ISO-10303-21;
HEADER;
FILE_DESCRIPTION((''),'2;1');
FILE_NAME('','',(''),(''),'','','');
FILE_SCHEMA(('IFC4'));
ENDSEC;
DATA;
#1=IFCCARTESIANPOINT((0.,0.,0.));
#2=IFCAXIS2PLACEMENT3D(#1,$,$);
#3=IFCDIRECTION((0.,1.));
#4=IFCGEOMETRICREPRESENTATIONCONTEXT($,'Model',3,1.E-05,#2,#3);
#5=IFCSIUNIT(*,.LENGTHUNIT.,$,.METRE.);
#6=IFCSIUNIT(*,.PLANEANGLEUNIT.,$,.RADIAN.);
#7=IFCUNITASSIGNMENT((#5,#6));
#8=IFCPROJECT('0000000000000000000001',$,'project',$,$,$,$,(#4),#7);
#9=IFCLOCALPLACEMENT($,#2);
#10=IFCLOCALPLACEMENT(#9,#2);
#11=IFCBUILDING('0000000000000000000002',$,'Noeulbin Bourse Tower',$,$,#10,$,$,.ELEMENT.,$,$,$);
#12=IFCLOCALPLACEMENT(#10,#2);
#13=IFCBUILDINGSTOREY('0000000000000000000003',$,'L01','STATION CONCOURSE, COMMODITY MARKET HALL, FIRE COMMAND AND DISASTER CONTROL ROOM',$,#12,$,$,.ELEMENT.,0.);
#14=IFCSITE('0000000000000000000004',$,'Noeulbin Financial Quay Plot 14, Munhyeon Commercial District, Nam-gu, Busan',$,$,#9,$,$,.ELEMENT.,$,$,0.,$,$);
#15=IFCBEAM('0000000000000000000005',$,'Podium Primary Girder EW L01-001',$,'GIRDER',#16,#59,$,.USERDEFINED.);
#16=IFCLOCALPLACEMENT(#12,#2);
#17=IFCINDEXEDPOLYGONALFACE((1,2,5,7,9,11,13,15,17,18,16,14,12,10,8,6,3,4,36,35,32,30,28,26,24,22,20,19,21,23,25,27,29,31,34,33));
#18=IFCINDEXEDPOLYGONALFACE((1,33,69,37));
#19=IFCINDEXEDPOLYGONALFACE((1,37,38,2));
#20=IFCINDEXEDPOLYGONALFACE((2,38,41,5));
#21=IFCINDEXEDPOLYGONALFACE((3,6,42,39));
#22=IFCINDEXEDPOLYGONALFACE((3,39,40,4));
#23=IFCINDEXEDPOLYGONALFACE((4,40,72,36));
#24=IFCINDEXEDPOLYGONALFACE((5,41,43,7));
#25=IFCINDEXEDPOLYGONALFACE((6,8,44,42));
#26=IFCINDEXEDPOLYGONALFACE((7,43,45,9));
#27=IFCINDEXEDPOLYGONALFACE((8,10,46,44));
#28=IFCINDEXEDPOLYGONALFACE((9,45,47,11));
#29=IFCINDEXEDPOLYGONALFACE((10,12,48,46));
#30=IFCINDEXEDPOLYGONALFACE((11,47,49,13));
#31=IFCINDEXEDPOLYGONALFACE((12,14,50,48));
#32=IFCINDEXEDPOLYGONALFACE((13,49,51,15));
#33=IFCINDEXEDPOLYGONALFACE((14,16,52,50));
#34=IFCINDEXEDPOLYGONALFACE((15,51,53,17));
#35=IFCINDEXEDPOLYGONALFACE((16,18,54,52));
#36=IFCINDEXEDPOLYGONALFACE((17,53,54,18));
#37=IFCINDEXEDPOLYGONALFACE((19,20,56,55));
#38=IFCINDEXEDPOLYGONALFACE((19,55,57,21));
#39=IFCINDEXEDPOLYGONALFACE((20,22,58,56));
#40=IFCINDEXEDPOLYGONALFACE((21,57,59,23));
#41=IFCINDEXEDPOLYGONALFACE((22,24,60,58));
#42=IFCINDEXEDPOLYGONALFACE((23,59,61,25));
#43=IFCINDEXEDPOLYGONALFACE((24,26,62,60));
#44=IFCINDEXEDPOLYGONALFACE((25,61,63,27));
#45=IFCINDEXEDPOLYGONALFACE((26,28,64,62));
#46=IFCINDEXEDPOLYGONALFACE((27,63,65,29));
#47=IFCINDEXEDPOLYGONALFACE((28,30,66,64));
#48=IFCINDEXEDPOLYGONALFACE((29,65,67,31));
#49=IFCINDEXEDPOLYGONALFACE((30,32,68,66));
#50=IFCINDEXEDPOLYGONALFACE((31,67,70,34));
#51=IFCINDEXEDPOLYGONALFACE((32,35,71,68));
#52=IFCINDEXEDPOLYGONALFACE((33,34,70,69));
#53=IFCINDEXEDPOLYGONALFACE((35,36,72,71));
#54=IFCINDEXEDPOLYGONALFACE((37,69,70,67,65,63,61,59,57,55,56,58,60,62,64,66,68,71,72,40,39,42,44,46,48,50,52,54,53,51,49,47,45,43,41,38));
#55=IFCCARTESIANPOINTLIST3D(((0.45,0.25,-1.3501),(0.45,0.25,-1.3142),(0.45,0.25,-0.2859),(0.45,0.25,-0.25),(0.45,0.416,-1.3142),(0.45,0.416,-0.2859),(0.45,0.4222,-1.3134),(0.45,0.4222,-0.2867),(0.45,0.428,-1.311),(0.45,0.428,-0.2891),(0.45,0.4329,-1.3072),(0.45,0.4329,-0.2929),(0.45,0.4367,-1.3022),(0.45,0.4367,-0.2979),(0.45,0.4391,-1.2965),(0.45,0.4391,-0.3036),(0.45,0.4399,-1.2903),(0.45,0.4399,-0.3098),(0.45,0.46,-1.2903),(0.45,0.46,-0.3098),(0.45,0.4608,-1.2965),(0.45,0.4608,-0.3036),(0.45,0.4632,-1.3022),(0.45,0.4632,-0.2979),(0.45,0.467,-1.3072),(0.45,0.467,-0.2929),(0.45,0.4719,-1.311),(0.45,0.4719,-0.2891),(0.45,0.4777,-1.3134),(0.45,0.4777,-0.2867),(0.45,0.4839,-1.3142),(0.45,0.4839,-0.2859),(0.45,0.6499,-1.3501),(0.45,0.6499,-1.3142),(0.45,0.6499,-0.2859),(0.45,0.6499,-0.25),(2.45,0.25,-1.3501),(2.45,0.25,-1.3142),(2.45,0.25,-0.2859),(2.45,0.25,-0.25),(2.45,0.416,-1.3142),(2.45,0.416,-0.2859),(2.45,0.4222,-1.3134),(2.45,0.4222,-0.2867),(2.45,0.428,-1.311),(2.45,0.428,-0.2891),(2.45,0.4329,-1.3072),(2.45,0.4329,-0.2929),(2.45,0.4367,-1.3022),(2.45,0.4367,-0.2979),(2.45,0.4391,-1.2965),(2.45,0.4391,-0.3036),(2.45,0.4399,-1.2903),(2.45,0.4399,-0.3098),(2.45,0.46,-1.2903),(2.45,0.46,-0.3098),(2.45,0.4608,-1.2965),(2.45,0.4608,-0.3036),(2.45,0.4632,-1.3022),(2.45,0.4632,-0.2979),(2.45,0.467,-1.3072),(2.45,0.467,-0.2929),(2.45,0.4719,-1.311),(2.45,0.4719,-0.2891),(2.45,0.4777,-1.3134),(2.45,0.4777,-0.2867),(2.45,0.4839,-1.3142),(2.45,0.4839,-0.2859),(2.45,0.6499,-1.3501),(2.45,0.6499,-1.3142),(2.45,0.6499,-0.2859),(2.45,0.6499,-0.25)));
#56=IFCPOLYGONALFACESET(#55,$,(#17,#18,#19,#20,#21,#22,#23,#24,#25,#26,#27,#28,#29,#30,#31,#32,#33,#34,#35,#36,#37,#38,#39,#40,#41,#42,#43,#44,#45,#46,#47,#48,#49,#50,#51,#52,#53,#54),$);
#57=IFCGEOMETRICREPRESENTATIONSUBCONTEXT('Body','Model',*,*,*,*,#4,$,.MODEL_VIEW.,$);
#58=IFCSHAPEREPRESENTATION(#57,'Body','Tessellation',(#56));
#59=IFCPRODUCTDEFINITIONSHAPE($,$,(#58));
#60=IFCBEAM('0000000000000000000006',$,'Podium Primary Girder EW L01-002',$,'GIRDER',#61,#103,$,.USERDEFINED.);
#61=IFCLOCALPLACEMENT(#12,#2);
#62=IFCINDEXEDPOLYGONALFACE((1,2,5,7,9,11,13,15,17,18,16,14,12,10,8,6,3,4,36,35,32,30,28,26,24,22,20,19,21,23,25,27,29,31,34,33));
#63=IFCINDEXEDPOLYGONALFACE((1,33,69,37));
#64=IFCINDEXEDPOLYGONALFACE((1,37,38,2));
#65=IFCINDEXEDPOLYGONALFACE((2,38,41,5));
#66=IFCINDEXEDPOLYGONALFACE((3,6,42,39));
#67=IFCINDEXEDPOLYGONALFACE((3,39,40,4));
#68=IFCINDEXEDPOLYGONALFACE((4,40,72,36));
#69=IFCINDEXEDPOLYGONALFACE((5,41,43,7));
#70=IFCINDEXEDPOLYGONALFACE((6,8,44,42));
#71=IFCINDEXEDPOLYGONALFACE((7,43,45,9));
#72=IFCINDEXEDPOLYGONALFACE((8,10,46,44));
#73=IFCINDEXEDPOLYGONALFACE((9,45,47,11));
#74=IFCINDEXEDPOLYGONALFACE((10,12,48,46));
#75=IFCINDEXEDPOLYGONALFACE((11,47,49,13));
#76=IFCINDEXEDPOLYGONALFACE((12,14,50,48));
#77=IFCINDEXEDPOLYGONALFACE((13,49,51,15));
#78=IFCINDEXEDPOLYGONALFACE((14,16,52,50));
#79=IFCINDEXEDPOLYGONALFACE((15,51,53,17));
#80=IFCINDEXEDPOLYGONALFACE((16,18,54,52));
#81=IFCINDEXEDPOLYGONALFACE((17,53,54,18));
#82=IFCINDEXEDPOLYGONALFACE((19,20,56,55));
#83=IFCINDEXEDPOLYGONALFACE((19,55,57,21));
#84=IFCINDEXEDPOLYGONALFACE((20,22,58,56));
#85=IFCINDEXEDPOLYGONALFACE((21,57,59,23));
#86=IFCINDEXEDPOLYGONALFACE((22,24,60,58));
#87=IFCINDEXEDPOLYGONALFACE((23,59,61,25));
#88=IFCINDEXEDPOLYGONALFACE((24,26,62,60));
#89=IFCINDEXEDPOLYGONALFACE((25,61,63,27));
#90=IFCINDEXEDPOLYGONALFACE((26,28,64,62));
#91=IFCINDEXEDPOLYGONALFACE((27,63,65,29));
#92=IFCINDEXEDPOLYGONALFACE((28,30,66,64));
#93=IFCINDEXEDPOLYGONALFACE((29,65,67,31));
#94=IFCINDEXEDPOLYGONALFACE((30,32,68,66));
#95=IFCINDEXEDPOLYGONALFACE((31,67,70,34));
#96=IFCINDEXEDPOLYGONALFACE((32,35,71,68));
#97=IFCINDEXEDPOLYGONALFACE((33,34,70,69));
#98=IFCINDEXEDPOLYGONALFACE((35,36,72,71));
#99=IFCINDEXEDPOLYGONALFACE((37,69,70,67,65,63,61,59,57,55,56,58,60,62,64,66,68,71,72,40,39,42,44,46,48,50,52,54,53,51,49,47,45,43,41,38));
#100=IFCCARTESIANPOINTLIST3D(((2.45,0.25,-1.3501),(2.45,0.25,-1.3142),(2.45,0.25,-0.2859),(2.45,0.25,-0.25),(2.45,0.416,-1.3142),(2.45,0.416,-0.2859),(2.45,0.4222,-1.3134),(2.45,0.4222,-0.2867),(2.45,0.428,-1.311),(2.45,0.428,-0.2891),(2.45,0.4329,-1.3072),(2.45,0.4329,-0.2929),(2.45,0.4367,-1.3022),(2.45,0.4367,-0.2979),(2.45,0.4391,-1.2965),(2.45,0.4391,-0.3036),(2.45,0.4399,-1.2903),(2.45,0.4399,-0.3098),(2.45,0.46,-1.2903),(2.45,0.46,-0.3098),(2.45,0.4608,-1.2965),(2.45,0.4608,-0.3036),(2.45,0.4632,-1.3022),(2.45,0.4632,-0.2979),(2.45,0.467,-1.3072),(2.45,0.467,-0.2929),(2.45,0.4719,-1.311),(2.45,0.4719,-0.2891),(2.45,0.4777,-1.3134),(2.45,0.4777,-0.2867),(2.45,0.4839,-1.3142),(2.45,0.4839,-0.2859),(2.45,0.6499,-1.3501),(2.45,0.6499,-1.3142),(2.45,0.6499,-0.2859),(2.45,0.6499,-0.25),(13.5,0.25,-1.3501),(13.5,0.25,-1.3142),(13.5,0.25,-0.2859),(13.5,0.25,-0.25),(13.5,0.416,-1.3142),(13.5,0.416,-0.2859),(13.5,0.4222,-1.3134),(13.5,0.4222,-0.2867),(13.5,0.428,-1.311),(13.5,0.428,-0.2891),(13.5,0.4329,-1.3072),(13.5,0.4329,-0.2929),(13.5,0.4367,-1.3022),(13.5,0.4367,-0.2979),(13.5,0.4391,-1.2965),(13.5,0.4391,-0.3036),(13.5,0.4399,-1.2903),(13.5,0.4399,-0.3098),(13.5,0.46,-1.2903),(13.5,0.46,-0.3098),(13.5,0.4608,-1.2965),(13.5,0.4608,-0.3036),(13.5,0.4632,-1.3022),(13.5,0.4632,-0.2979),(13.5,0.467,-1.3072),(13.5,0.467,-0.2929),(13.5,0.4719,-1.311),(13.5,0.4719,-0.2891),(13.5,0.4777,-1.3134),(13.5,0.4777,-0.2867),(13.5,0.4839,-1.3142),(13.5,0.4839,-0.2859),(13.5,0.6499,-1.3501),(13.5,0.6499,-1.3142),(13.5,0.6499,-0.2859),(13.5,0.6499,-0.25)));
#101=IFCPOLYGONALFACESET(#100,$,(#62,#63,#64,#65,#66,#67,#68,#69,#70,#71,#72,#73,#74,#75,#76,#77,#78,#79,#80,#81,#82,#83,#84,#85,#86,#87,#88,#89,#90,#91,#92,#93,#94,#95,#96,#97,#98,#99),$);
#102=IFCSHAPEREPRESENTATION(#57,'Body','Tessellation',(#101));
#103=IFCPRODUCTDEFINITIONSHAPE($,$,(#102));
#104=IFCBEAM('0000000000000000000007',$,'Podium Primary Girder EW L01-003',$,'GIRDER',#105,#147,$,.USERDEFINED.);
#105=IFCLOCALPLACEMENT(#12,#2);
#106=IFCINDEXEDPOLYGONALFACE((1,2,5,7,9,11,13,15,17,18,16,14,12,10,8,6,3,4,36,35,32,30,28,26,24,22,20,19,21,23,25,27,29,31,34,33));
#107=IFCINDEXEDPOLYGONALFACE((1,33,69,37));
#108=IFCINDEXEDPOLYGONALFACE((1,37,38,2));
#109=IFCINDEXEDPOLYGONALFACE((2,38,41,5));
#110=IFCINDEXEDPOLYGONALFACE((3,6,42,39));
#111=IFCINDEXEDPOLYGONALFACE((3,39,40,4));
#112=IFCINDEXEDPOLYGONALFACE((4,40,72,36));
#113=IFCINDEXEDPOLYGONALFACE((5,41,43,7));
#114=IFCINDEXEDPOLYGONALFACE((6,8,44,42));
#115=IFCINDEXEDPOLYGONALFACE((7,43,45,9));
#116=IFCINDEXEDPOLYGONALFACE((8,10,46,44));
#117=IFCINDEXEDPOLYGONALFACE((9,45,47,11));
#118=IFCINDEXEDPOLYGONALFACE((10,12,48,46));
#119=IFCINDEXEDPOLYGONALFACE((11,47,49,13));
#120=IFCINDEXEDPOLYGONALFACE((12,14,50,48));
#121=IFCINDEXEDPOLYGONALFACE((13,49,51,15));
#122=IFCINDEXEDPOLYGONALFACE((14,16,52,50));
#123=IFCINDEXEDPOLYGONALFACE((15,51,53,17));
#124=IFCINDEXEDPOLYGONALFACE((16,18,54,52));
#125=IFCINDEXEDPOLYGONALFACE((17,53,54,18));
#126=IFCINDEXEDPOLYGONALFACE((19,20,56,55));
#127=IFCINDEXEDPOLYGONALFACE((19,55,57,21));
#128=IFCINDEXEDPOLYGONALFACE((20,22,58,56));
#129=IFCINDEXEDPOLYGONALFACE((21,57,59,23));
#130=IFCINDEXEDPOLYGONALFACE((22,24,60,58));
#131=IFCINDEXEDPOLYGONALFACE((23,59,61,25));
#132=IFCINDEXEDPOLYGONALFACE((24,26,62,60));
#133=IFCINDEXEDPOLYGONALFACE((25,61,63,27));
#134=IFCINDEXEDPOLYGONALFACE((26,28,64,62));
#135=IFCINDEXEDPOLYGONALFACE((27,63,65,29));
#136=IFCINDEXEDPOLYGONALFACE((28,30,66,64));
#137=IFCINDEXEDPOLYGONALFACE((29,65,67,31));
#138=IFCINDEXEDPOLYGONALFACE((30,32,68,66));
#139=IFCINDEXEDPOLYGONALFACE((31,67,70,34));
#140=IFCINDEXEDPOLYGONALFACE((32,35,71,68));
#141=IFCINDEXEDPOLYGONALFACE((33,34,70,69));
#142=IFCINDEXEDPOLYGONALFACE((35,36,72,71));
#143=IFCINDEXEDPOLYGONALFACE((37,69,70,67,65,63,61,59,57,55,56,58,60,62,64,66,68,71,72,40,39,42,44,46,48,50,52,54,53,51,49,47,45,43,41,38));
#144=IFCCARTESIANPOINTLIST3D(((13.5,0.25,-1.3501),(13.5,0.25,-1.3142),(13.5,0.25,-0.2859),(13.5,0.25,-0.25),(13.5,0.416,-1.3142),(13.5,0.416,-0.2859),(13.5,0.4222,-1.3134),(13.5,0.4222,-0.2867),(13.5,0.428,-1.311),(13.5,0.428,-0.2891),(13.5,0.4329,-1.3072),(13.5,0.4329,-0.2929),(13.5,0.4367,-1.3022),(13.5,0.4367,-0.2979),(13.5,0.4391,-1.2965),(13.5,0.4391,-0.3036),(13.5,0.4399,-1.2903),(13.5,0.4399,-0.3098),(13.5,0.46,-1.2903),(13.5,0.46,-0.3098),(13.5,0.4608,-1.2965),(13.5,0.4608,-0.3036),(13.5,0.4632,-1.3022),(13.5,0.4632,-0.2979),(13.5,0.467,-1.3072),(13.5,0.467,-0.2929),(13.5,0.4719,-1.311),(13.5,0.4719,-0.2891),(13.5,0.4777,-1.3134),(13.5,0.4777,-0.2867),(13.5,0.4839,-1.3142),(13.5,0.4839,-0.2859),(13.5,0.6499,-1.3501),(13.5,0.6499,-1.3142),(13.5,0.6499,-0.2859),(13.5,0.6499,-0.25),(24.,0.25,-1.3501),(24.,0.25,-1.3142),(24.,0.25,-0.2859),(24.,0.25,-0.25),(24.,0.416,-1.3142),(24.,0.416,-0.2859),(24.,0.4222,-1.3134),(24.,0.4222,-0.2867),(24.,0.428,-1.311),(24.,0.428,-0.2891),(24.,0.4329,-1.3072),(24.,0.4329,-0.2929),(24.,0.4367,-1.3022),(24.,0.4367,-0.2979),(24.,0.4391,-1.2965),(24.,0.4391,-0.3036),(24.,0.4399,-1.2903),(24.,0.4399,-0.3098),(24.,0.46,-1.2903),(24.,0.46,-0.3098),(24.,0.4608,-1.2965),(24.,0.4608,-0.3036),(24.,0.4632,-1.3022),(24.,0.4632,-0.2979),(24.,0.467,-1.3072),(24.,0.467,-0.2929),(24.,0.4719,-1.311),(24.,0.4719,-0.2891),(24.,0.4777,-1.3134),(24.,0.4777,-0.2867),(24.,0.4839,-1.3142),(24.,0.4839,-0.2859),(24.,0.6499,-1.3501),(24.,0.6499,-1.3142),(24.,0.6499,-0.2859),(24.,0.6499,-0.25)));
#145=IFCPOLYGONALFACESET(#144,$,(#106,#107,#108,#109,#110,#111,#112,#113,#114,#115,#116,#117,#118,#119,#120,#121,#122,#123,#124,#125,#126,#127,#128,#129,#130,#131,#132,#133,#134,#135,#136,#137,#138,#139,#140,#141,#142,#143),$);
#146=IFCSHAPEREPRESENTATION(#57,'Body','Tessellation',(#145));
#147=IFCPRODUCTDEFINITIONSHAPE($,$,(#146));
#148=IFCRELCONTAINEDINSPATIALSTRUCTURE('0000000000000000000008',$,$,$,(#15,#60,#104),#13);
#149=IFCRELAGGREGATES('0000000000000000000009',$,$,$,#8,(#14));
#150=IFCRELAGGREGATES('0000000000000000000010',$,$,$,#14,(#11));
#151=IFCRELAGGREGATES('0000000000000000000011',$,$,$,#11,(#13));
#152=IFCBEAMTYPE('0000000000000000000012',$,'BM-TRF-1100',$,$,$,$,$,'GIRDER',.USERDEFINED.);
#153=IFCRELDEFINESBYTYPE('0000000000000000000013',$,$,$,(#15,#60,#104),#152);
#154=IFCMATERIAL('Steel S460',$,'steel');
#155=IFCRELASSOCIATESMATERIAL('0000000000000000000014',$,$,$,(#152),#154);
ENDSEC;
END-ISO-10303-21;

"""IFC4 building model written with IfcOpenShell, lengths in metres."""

from ifc_helpers import new_model, si_unit, direction, frame, origin, origin_2d, place, context, subcontext, project, spatial, i_section, extrude, material, material_profile, profile_set, type_object, element, save


model = new_model("IFC4")

# Units and contexts
model_context = context("Model", 3, precision=1e-05, world=origin(), true_north=direction((0.0, 1.0)))
body_context = subcontext(model_context, "Body", "Model", "MODEL_VIEW")
ifc_project = project(units=[si_unit("LENGTHUNIT", "METRE"), si_unit("PLANEANGLEUNIT", "RADIAN")], contexts=[model_context])

# Site, building, storey
site_placement = place(None, origin())
site = spatial("IfcSite", under=ifc_project, at=site_placement, Name="Noeulbin Financial Quay Plot 14, Munhyeon Commercial District, Nam-gu, Busan", CompositionType="ELEMENT", RefElevation=0.0)
building_placement = place(site_placement, origin())
building = spatial("IfcBuilding", under=site, at=building_placement, Name="Noeulbin Bourse Tower", CompositionType="ELEMENT")
storey_placement = place(building_placement, origin())
storey = spatial("IfcBuildingStorey", under=building, at=storey_placement, Name="L01", Description="STATION CONCOURSE, COMMODITY MARKET HALL, FIRE COMMAND AND DISASTER CONTROL ROOM", CompositionType="ELEMENT", Elevation=0.0)

# Beams
ifc_material_1 = material(Name="Steel S460", Category="steel")
ifc_material_profile_1 = material_profile(ifc_material_1, i_section(OverallWidth=0.3999, OverallDepth=1.1001, WebThickness=0.02, FlangeThickness=0.0359, FilletRadius=0.0239, at=origin_2d()), Name="PG-1100x400x20x36", Category="LoadBearing")
ifc_profile_set_1 = profile_set([ifc_material_profile_1], Name="Steel S460")
beam_type_1 = type_object("IfcBeamType", Name="BM-TRF-1100", ElementType="GIRDER", PredefinedType="USERDEFINED", material=ifc_profile_set_1)
beam_1_placement = place(storey_placement, frame((0.45, 0.45, -0.8), z_axis=(1.0, 0.0, 0.0), x_axis=(0.0, 1.0, 0.0)))
element("IfcBeam", 1, at=beam_1_placement, inside=storey, type_object=beam_type_1, Name="Podium Primary Girder EW L01-001", ObjectType="GIRDER", PredefinedType="USERDEFINED", context=body_context, shape_type="SweptSolid", body=[
    extrude(i_section(OverallWidth=0.3999, OverallDepth=1.1001, WebThickness=0.02, FlangeThickness=0.0359, FilletRadius=0.0239, at=origin_2d()), origin(), (0.0, 0.0, 1.0), 2.0),
])
beam_2_placement = place(storey_placement, frame((2.45, 0.45, -0.8), z_axis=(1.0, 0.0, 0.0), x_axis=(0.0, 1.0, 0.0)))
element("IfcBeam", 2, at=beam_2_placement, inside=storey, type_object=beam_type_1, Name="Podium Primary Girder EW L01-002", ObjectType="GIRDER", PredefinedType="USERDEFINED", context=body_context, shape_type="SweptSolid", body=[
    extrude(i_section(OverallWidth=0.3999, OverallDepth=1.1001, WebThickness=0.02, FlangeThickness=0.0359, FilletRadius=0.0239, at=origin_2d()), origin(), (0.0, 0.0, 1.0), 11.05),
])
beam_3_placement = place(storey_placement, frame((13.5, 0.45, -0.8), z_axis=(1.0, 0.0, 0.0), x_axis=(0.0, 1.0, 0.0)))
element("IfcBeam", 3, at=beam_3_placement, inside=storey, type_object=beam_type_1, Name="Podium Primary Girder EW L01-003", ObjectType="GIRDER", PredefinedType="USERDEFINED", context=body_context, shape_type="SweptSolid", body=[
    extrude(i_section(OverallWidth=0.3999, OverallDepth=1.1001, WebThickness=0.02, FlangeThickness=0.0359, FilletRadius=0.0239, at=origin_2d()), origin(), (0.0, 0.0, 1.0), 10.5),
])

save(model, "model.ifc")
